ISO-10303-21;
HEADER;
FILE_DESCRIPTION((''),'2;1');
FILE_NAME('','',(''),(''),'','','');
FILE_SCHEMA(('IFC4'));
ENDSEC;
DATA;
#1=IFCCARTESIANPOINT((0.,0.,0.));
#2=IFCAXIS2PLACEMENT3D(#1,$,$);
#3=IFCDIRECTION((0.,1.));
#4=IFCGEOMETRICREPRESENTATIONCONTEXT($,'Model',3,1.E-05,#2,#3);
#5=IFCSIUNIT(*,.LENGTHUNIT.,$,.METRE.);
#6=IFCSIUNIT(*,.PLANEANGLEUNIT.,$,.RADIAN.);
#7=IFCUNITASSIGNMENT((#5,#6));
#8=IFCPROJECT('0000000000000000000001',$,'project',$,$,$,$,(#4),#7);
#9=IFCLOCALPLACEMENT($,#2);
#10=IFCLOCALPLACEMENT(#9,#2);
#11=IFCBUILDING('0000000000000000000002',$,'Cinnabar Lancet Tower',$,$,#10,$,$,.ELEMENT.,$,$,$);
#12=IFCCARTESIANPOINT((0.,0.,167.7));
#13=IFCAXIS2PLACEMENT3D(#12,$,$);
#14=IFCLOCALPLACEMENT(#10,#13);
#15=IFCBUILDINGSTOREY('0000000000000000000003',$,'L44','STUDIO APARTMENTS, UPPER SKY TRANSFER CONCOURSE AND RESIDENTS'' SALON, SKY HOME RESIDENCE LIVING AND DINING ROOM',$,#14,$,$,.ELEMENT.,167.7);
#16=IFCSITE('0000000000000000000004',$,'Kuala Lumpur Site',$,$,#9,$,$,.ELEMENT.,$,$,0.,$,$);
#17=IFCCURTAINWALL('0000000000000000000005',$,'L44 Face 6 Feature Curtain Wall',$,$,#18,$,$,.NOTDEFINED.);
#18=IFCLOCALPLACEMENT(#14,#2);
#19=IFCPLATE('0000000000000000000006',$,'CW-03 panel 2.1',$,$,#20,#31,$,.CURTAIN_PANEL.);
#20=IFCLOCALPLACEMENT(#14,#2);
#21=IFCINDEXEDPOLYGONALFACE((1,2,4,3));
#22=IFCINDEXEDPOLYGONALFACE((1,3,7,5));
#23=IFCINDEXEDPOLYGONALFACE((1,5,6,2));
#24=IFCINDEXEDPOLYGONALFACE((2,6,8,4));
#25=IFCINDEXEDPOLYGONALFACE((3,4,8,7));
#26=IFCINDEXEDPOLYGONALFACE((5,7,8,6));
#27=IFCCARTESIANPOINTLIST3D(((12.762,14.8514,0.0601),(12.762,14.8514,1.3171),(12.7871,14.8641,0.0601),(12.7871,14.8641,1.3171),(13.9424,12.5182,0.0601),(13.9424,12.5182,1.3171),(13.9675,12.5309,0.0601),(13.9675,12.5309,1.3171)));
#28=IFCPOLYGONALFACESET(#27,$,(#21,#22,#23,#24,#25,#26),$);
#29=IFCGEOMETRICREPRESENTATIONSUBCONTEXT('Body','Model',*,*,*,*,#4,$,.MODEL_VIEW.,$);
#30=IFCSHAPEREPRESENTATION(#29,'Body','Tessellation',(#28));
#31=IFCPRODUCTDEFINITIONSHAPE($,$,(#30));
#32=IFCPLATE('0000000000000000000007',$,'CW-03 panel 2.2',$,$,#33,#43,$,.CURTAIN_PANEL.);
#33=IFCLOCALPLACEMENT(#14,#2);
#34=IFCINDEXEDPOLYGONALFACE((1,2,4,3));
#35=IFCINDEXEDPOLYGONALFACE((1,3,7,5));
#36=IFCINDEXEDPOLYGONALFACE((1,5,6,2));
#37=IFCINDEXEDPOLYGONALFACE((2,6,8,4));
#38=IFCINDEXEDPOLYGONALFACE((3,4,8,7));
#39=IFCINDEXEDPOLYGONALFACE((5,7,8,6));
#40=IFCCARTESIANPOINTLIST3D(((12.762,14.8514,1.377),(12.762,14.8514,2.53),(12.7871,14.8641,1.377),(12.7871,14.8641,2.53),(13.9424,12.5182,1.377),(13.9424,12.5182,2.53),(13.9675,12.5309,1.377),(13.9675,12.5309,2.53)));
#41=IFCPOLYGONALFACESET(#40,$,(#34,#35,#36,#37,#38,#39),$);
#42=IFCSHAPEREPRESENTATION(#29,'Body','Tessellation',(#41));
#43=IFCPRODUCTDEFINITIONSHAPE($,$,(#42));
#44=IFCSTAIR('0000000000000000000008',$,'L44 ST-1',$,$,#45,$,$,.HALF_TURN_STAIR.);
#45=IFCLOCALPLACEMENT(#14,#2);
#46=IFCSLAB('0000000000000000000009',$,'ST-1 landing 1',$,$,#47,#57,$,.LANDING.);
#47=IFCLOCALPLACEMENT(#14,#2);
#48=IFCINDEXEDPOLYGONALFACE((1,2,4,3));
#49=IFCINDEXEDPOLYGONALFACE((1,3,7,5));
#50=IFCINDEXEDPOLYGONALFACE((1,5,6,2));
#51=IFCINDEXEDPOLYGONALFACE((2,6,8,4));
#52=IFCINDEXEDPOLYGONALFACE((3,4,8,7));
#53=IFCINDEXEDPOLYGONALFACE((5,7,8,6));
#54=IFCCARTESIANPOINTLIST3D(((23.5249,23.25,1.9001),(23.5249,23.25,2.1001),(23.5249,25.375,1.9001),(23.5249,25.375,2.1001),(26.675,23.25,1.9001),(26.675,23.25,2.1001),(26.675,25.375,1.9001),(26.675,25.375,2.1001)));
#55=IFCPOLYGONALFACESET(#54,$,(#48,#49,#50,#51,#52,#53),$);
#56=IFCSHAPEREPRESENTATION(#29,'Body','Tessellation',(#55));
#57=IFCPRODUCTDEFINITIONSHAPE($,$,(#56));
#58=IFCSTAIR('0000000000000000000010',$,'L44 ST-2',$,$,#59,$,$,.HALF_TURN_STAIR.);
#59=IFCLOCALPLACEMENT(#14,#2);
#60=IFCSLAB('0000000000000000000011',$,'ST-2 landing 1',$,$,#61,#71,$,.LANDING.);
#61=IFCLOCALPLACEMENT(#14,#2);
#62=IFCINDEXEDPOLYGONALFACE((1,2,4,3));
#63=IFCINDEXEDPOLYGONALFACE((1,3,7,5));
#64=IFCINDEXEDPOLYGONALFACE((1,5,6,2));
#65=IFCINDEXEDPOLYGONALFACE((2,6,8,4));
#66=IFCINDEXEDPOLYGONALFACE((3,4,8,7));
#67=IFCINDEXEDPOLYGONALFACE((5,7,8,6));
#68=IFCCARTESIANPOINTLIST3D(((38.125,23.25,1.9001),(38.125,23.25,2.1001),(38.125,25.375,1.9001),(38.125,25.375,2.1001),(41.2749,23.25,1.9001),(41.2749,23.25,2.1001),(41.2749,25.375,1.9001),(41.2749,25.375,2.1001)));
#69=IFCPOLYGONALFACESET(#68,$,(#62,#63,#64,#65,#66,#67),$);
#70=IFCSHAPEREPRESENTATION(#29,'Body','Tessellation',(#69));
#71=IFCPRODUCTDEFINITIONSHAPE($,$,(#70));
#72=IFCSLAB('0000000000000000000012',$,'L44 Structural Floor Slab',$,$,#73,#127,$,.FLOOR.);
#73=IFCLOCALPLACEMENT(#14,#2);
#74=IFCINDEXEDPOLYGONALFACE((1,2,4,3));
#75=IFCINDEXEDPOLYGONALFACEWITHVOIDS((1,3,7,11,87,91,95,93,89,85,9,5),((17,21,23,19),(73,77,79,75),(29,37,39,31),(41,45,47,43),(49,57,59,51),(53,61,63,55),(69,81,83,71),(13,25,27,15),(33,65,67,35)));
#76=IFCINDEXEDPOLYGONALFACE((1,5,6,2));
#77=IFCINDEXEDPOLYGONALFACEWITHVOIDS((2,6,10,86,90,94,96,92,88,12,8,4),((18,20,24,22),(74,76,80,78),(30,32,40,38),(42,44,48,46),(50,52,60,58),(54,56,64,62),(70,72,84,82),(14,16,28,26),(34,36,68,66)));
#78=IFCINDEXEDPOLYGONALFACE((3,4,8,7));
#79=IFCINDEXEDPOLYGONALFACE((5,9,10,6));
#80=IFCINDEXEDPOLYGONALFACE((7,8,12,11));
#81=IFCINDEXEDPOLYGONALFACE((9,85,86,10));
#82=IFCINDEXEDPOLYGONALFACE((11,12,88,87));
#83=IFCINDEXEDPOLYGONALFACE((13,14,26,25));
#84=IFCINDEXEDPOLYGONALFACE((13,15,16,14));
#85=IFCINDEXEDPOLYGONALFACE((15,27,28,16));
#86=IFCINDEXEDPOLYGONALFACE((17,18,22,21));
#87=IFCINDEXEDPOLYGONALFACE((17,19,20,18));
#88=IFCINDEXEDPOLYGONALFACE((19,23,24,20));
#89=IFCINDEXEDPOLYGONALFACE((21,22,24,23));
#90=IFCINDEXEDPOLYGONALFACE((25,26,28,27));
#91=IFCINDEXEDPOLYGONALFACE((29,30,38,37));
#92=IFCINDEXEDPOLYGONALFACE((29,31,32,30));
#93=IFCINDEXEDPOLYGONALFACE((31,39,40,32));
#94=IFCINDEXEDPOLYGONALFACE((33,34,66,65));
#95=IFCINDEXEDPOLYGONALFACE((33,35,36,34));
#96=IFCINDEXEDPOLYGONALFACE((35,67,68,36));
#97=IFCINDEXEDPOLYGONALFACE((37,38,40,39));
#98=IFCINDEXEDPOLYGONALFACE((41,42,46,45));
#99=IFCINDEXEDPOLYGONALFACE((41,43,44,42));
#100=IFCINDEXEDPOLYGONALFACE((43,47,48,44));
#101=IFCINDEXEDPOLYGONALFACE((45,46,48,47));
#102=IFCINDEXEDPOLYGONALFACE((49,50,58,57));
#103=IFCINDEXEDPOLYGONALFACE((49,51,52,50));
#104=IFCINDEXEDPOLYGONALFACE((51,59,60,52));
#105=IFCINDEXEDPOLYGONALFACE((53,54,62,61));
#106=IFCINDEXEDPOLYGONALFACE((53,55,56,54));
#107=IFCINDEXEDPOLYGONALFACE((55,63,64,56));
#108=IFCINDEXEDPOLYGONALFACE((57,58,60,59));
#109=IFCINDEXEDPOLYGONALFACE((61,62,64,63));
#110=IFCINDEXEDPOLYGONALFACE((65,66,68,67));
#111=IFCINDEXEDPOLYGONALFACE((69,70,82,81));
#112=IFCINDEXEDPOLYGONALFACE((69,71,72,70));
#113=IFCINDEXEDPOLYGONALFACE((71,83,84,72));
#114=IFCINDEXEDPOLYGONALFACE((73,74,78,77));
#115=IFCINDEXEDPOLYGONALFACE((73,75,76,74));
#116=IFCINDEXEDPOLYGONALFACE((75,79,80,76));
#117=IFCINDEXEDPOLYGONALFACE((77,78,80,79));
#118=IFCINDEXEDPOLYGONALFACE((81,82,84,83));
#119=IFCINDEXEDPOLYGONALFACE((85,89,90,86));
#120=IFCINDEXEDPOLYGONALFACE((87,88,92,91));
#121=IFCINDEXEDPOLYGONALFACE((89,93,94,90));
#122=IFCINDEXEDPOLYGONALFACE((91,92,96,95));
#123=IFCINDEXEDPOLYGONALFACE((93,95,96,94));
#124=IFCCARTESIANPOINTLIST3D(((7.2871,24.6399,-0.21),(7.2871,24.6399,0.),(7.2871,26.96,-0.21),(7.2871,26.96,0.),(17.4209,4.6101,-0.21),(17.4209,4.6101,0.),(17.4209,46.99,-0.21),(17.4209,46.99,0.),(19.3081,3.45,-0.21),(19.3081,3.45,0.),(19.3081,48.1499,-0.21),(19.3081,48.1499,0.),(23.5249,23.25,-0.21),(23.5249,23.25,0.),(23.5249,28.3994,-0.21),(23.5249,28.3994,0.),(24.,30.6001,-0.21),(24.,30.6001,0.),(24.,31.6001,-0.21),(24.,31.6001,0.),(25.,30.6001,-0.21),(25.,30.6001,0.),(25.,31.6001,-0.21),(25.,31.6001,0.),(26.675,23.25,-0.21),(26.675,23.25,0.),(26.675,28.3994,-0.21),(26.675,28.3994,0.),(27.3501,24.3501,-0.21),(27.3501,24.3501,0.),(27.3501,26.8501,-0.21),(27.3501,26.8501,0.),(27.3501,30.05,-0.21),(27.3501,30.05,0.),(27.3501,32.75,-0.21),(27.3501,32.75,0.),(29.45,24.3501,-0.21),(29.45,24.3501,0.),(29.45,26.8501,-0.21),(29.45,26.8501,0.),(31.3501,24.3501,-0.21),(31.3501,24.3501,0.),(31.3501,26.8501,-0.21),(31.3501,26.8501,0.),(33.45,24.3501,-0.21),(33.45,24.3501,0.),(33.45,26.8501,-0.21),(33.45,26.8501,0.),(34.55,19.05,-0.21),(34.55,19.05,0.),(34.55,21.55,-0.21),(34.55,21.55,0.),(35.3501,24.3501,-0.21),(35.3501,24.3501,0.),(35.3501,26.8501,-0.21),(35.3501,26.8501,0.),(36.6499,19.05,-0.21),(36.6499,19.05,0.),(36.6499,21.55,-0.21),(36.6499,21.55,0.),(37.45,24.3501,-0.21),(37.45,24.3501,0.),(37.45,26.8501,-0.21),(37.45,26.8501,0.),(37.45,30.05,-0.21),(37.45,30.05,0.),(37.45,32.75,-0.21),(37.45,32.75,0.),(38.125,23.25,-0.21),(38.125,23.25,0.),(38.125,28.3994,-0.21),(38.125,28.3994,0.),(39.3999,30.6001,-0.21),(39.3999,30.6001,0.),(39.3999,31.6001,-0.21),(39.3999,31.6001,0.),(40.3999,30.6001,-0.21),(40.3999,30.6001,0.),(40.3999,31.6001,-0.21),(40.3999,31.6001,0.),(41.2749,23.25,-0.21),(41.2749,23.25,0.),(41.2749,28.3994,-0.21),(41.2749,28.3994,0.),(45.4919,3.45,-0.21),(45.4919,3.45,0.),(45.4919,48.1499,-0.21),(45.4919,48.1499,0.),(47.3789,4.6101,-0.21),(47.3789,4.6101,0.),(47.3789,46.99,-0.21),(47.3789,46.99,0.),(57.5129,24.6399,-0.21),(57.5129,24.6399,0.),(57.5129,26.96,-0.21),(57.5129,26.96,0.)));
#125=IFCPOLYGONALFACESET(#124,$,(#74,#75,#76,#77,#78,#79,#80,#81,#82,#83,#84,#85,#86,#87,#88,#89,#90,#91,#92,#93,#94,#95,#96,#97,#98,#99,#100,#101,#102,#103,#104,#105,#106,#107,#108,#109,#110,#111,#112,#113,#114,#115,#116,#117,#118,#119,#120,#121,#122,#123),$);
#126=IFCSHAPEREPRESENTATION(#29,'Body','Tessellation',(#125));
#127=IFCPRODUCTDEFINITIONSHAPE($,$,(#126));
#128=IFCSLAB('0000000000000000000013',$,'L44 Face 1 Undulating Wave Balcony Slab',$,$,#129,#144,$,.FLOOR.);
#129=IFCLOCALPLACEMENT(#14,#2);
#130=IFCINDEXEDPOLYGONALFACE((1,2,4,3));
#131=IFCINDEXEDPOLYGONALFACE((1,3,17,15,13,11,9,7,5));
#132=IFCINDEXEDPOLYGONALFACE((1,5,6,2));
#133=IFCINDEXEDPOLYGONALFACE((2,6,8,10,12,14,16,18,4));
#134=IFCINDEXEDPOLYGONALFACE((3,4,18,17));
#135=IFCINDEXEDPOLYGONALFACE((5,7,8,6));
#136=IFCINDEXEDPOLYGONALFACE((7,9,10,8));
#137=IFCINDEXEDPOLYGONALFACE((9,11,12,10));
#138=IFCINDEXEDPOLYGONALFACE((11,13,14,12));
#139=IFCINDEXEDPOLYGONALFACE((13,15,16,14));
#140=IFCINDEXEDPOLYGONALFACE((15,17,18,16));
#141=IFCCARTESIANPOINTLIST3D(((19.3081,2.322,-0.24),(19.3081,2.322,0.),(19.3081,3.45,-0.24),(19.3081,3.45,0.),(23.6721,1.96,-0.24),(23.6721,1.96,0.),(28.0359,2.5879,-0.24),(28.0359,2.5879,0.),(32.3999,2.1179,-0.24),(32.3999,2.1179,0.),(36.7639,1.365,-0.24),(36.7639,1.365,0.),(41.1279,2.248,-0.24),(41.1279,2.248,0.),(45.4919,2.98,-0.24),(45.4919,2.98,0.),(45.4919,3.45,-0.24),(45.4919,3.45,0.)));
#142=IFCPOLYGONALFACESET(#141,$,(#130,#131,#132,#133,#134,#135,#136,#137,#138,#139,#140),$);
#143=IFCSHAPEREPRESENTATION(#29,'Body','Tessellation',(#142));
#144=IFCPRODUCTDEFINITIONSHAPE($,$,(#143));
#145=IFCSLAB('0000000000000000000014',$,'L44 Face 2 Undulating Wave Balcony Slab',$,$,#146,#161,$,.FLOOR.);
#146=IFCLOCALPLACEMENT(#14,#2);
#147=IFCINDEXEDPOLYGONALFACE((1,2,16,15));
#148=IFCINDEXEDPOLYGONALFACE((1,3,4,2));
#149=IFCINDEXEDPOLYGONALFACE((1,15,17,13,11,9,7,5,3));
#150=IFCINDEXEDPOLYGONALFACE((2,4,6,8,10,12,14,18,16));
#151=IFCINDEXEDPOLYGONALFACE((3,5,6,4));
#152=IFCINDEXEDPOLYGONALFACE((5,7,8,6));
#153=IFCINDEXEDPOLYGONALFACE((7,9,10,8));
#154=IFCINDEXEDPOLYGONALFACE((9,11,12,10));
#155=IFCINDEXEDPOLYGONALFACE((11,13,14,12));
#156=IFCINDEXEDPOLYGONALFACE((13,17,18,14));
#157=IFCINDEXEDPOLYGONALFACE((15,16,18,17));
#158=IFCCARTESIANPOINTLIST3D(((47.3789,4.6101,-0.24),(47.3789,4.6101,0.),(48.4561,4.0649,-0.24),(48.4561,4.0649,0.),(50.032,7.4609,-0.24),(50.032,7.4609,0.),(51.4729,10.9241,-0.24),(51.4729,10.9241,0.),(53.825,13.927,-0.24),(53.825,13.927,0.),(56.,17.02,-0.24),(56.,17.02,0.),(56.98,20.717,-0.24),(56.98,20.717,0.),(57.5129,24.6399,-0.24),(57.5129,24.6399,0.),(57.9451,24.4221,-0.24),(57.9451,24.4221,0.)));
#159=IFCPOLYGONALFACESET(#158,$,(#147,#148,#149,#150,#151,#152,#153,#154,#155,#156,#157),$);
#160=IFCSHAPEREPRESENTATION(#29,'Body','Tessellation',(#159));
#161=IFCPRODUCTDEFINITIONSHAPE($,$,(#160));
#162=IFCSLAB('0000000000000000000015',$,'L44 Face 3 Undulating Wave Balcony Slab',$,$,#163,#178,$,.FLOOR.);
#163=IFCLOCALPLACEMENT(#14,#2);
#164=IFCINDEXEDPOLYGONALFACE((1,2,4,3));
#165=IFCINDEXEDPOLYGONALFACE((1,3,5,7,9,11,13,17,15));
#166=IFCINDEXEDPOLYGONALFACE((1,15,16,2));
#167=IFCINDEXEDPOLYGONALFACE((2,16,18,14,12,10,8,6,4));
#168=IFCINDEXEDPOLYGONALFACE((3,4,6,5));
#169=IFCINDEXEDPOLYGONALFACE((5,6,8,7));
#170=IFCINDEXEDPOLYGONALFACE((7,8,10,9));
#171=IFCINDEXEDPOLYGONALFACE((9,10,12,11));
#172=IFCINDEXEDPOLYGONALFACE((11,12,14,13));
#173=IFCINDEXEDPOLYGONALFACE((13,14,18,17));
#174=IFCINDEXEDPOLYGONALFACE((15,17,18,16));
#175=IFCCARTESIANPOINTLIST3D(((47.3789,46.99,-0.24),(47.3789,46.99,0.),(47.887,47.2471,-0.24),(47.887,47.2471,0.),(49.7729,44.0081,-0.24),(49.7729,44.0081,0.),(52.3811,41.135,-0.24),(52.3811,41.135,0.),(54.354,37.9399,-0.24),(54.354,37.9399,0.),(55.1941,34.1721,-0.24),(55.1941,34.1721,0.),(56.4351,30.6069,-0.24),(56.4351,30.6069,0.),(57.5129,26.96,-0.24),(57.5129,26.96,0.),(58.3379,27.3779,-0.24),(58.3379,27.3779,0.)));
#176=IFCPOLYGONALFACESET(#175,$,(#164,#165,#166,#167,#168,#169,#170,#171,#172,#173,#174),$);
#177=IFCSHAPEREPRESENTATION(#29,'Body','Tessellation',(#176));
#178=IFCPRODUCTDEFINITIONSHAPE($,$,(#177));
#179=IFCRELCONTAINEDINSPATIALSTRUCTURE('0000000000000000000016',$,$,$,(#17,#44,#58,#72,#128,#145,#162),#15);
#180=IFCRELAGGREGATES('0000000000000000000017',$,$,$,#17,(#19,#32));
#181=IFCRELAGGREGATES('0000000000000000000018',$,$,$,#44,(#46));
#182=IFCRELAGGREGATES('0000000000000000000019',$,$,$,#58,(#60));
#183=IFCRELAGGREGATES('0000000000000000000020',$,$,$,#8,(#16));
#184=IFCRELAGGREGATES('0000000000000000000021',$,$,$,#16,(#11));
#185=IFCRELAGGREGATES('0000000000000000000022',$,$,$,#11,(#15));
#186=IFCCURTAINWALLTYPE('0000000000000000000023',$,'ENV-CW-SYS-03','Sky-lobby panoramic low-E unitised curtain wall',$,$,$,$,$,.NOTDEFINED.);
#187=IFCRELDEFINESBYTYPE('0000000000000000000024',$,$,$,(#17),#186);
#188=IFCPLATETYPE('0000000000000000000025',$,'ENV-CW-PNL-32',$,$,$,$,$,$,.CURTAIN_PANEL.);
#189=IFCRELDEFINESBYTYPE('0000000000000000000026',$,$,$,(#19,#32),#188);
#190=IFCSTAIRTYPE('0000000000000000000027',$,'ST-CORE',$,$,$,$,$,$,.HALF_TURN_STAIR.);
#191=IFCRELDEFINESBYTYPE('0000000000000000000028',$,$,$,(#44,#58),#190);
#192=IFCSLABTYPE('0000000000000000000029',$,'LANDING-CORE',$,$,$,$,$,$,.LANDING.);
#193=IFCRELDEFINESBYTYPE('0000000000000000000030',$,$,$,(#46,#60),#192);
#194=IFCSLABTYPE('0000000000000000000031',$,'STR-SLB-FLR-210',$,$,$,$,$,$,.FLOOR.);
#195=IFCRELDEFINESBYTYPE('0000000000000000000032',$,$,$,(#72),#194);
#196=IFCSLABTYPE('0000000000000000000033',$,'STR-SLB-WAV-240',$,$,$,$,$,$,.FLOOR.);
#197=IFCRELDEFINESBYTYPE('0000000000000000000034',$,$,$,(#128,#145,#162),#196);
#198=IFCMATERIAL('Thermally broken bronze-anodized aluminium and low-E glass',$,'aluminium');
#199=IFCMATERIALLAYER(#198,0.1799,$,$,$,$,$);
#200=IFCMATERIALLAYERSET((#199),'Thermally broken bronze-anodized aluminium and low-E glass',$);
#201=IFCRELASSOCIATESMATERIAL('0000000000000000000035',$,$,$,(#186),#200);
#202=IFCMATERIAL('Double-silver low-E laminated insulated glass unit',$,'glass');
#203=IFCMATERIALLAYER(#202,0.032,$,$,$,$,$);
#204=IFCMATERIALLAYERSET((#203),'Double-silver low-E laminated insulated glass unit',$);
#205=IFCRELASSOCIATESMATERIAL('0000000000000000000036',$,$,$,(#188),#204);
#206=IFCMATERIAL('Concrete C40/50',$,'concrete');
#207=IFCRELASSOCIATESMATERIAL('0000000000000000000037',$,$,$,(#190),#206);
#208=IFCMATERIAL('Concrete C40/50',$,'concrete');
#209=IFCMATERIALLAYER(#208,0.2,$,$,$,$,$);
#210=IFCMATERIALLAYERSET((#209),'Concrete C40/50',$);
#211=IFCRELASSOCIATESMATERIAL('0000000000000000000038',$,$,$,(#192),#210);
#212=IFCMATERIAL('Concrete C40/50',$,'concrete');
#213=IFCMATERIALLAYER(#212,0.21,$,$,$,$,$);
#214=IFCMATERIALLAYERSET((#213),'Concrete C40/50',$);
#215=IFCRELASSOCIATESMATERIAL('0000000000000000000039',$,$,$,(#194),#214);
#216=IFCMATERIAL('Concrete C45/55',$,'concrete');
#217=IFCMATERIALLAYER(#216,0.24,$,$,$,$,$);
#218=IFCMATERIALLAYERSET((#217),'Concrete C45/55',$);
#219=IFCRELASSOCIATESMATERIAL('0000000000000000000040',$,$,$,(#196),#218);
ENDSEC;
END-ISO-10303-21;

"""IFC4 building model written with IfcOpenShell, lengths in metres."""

from ifc_helpers import new_model, si_unit, direction, frame, origin, origin_2d, place, context, subcontext, project, spatial, polyline, rectangle, outline, extrude, material, layer, layer_set, type_object, element, aggregate, save


model = new_model("IFC4")

# Units and contexts
model_context = context("Model", 3, precision=1e-05, world=origin(), true_north=direction((0.0, 1.0)))
body_context = subcontext(model_context, "Body", "Model", "MODEL_VIEW")
ifc_project = project(units=[si_unit("LENGTHUNIT", "METRE"), si_unit("PLANEANGLEUNIT", "RADIAN")], contexts=[model_context])

# Site, building, storey
site_placement = place(None, origin())
site = spatial("IfcSite", under=ifc_project, at=site_placement, Name="Kuala Lumpur Site", CompositionType="ELEMENT", RefElevation=0.0)
building_placement = place(site_placement, origin())
building = spatial("IfcBuilding", under=site, at=building_placement, Name="Cinnabar Lancet Tower", CompositionType="ELEMENT")
storey_placement = place(building_placement, frame((0.0, 0.0, 167.7)))
storey = spatial("IfcBuildingStorey", under=building, at=storey_placement, Name="L44", Description="STUDIO APARTMENTS, UPPER SKY TRANSFER CONCOURSE AND RESIDENTS' SALON, SKY HOME RESIDENCE LIVING AND DINING ROOM", CompositionType="ELEMENT", Elevation=167.7)

# Curtain wall
ifc_material_1 = material(Name="Thermally broken bronze-anodized aluminium and low-E glass", Category="aluminium")
ifc_layer_1 = layer(ifc_material_1, 0.1799)
ifc_layer_set_1 = layer_set([ifc_layer_1], Name="Thermally broken bronze-anodized aluminium and low-E glass")
curtain_wall_type = type_object("IfcCurtainWallType", Name="ENV-CW-SYS-03", Description="Sky-lobby panoramic low-E unitised curtain wall", PredefinedType="NOTDEFINED", material=ifc_layer_set_1)
curtain_wall_placement = place(storey_placement, origin())
curtain_wall = element("IfcCurtainWall", 1, at=curtain_wall_placement, inside=storey, type_object=curtain_wall_type, Name="L44 Face 6 Feature Curtain Wall", PredefinedType="NOTDEFINED")

# Plates
ifc_material_2 = material(Name="Double-silver low-E laminated insulated glass unit", Category="glass")
ifc_layer_2 = layer(ifc_material_2, 0.032)
ifc_layer_set_2 = layer_set([ifc_layer_2], Name="Double-silver low-E laminated insulated glass unit")
plate_type = type_object("IfcPlateType", Name="ENV-CW-PNL-32", PredefinedType="CURTAIN_PANEL", material=ifc_layer_set_2)
plate_1_placement = place(storey_placement, frame((13.3647, 13.6912, 0.0601), z_axis=(0.0, 0.0, 1.0), x_axis=(0.451423, -0.89231, 0.0)))
plate_1 = element("IfcPlate", 2, at=plate_1_placement, type_object=plate_type, Name="CW-03 panel 2.1", PredefinedType="CURTAIN_PANEL", context=body_context, shape_type="SweptSolid", body=[
    extrude(rectangle(XDim=2.6147, YDim=0.0281, at=origin_2d()), origin(), (0.0, 0.0, 1.0), 1.2571),
])
plate_2_placement = place(storey_placement, frame((13.3647, 13.6912, 1.377), z_axis=(0.0, 0.0, 1.0), x_axis=(0.451423, -0.89231, 0.0)))
plate_2 = element("IfcPlate", 3, at=plate_2_placement, type_object=plate_type, Name="CW-03 panel 2.2", PredefinedType="CURTAIN_PANEL", context=body_context, shape_type="SweptSolid", body=[
    extrude(rectangle(XDim=2.6147, YDim=0.0281, at=origin_2d()), origin(), (0.0, 0.0, 1.0), 1.1531),
])
aggregate(curtain_wall, [plate_1, plate_2])

# Stairs, slabs
ifc_material_3 = material(Name="Concrete C40/50", Category="concrete")
stair_type = type_object("IfcStairType", Name="ST-CORE", PredefinedType="HALF_TURN_STAIR", material=ifc_material_3)
stair_1_placement = place(storey_placement, origin())
stair_1 = element("IfcStair", 4, at=stair_1_placement, inside=storey, type_object=stair_type, Name="L44 ST-1", PredefinedType="HALF_TURN_STAIR")
ifc_material_4 = material(Name="Concrete C40/50", Category="concrete")
ifc_layer_3 = layer(ifc_material_4, 0.2)
ifc_layer_set_3 = layer_set([ifc_layer_3], Name="Concrete C40/50")
slab_type_1 = type_object("IfcSlabType", Name="LANDING-CORE", PredefinedType="LANDING", material=ifc_layer_set_3)
slab_1_placement = place(storey_placement, frame((0.0, 0.0, 1.9001)))
slab_1 = element("IfcSlab", 5, at=slab_1_placement, type_object=slab_type_1, Name="ST-1 landing 1", PredefinedType="LANDING", context=body_context, shape_type="SweptSolid", body=[
    extrude(outline(polyline([(23.5249, 25.375), (23.5249, 23.25), (26.675, 23.25), (26.675, 25.375), (23.5249, 25.375)])), origin(), (0.0, 0.0, 1.0), 0.2),
])
aggregate(stair_1, [slab_1])
stair_2_placement = place(storey_placement, origin())
stair_2 = element("IfcStair", 6, at=stair_2_placement, inside=storey, type_object=stair_type, Name="L44 ST-2", PredefinedType="HALF_TURN_STAIR")
slab_2_placement = place(storey_placement, frame((0.0, 0.0, 1.9001)))
slab_2 = element("IfcSlab", 7, at=slab_2_placement, type_object=slab_type_1, Name="ST-2 landing 1", PredefinedType="LANDING", context=body_context, shape_type="SweptSolid", body=[
    extrude(outline(polyline([(38.125, 25.375), (38.125, 23.25), (41.2749, 23.25), (41.2749, 25.375), (38.125, 25.375)])), origin(), (0.0, 0.0, 1.0), 0.2),
])
aggregate(stair_2, [slab_2])

# Slabs
ifc_material_5 = material(Name="Concrete C40/50", Category="concrete")
ifc_layer_4 = layer(ifc_material_5, 0.21)
ifc_layer_set_4 = layer_set([ifc_layer_4], Name="Concrete C40/50")
slab_type_2 = type_object("IfcSlabType", Name="STR-SLB-FLR-210", PredefinedType="FLOOR", material=ifc_layer_set_4)
slab_3_placement = place(storey_placement, frame((0.0, 0.0, -0.21)))
element("IfcSlab", 8, at=slab_3_placement, inside=storey, type_object=slab_type_2, Name="L44 Structural Floor Slab", PredefinedType="FLOOR", context=body_context, shape_type="SweptSolid", body=[
    extrude(outline(polyline([(17.4209, 4.6101), (19.3081, 3.45), (45.4919, 3.45), (47.3789, 4.6101), (57.5129, 24.6399), (57.5129, 26.96), (47.3789, 46.99), (45.4919, 48.1499), (19.3081, 48.1499), (17.4209, 46.99), (7.2871, 26.96), (7.2871, 24.6399), (17.4209, 4.6101)]), holes=[polyline([(23.5249, 23.25), (26.675, 23.25), (26.675, 28.3994), (23.5249, 28.3994), (23.5249, 23.25)]), polyline([(38.125, 23.25), (41.2749, 23.25), (41.2749, 28.3994), (38.125, 28.3994), (38.125, 23.25)]), polyline([(27.3501, 30.05), (37.45, 30.05), (37.45, 32.75), (27.3501, 32.75), (27.3501, 30.05)]), polyline([(34.55, 19.05), (36.6499, 19.05), (36.6499, 21.55), (34.55, 21.55), (34.55, 19.05)]), polyline([(27.3501, 24.3501), (29.45, 24.3501), (29.45, 26.8501), (27.3501, 26.8501), (27.3501, 24.3501)]), polyline([(35.3501, 24.3501), (37.45, 24.3501), (37.45, 26.8501), (35.3501, 26.8501), (35.3501, 24.3501)]), polyline([(31.3501, 24.3501), (33.45, 24.3501), (33.45, 26.8501), (31.3501, 26.8501), (31.3501, 24.3501)]), polyline([(24.0, 30.6001), (25.0, 30.6001), (25.0, 31.6001), (24.0, 31.6001), (24.0, 30.6001)]), polyline([(39.3999, 30.6001), (40.3999, 30.6001), (40.3999, 31.6001), (39.3999, 31.6001), (39.3999, 30.6001)])]), origin(), (0.0, 0.0, 1.0), 0.21),
])
ifc_material_6 = material(Name="Concrete C45/55", Category="concrete")
ifc_layer_5 = layer(ifc_material_6, 0.24)
ifc_layer_set_5 = layer_set([ifc_layer_5], Name="Concrete C45/55")
slab_type_3 = type_object("IfcSlabType", Name="STR-SLB-WAV-240", PredefinedType="FLOOR", material=ifc_layer_set_5)
slab_4_placement = place(storey_placement, frame((0.0, 0.0, -0.24)))
element("IfcSlab", 9, at=slab_4_placement, inside=storey, type_object=slab_type_3, Name="L44 Face 1 Undulating Wave Balcony Slab", PredefinedType="FLOOR", context=body_context, shape_type="SweptSolid", body=[
    extrude(outline(polyline([(19.3081, 3.45), (19.3081, 2.322), (23.6721, 1.96), (28.0359, 2.5879), (32.3999, 2.1179), (36.7639, 1.365), (41.1279, 2.248), (45.4919, 2.98), (45.4919, 3.45), (19.3081, 3.45)])), origin(), (0.0, 0.0, 1.0), 0.24),
])
slab_5_placement = place(storey_placement, frame((0.0, 0.0, -0.24)))
element("IfcSlab", 10, at=slab_5_placement, inside=storey, type_object=slab_type_3, Name="L44 Face 2 Undulating Wave Balcony Slab", PredefinedType="FLOOR", context=body_context, shape_type="SweptSolid", body=[
    extrude(outline(polyline([(47.3789, 4.6101), (48.4561, 4.0649), (50.032, 7.4609), (51.4729, 10.9241), (53.825, 13.927), (56.0, 17.02), (56.98, 20.717), (57.9451, 24.4221), (57.5129, 24.6399), (47.3789, 4.6101)])), origin(), (0.0, 0.0, 1.0), 0.24),
])
slab_6_placement = place(storey_placement, frame((0.0, 0.0, -0.24)))
element("IfcSlab", 11, at=slab_6_placement, inside=storey, type_object=slab_type_3, Name="L44 Face 3 Undulating Wave Balcony Slab", PredefinedType="FLOOR", context=body_context, shape_type="SweptSolid", body=[
    extrude(outline(polyline([(57.5129, 26.96), (58.3379, 27.3779), (56.4351, 30.6069), (55.1941, 34.1721), (54.354, 37.9399), (52.3811, 41.135), (49.7729, 44.0081), (47.887, 47.2471), (47.3789, 46.99), (57.5129, 26.96)])), origin(), (0.0, 0.0, 1.0), 0.24),
])

save(model, "model.ifc")
